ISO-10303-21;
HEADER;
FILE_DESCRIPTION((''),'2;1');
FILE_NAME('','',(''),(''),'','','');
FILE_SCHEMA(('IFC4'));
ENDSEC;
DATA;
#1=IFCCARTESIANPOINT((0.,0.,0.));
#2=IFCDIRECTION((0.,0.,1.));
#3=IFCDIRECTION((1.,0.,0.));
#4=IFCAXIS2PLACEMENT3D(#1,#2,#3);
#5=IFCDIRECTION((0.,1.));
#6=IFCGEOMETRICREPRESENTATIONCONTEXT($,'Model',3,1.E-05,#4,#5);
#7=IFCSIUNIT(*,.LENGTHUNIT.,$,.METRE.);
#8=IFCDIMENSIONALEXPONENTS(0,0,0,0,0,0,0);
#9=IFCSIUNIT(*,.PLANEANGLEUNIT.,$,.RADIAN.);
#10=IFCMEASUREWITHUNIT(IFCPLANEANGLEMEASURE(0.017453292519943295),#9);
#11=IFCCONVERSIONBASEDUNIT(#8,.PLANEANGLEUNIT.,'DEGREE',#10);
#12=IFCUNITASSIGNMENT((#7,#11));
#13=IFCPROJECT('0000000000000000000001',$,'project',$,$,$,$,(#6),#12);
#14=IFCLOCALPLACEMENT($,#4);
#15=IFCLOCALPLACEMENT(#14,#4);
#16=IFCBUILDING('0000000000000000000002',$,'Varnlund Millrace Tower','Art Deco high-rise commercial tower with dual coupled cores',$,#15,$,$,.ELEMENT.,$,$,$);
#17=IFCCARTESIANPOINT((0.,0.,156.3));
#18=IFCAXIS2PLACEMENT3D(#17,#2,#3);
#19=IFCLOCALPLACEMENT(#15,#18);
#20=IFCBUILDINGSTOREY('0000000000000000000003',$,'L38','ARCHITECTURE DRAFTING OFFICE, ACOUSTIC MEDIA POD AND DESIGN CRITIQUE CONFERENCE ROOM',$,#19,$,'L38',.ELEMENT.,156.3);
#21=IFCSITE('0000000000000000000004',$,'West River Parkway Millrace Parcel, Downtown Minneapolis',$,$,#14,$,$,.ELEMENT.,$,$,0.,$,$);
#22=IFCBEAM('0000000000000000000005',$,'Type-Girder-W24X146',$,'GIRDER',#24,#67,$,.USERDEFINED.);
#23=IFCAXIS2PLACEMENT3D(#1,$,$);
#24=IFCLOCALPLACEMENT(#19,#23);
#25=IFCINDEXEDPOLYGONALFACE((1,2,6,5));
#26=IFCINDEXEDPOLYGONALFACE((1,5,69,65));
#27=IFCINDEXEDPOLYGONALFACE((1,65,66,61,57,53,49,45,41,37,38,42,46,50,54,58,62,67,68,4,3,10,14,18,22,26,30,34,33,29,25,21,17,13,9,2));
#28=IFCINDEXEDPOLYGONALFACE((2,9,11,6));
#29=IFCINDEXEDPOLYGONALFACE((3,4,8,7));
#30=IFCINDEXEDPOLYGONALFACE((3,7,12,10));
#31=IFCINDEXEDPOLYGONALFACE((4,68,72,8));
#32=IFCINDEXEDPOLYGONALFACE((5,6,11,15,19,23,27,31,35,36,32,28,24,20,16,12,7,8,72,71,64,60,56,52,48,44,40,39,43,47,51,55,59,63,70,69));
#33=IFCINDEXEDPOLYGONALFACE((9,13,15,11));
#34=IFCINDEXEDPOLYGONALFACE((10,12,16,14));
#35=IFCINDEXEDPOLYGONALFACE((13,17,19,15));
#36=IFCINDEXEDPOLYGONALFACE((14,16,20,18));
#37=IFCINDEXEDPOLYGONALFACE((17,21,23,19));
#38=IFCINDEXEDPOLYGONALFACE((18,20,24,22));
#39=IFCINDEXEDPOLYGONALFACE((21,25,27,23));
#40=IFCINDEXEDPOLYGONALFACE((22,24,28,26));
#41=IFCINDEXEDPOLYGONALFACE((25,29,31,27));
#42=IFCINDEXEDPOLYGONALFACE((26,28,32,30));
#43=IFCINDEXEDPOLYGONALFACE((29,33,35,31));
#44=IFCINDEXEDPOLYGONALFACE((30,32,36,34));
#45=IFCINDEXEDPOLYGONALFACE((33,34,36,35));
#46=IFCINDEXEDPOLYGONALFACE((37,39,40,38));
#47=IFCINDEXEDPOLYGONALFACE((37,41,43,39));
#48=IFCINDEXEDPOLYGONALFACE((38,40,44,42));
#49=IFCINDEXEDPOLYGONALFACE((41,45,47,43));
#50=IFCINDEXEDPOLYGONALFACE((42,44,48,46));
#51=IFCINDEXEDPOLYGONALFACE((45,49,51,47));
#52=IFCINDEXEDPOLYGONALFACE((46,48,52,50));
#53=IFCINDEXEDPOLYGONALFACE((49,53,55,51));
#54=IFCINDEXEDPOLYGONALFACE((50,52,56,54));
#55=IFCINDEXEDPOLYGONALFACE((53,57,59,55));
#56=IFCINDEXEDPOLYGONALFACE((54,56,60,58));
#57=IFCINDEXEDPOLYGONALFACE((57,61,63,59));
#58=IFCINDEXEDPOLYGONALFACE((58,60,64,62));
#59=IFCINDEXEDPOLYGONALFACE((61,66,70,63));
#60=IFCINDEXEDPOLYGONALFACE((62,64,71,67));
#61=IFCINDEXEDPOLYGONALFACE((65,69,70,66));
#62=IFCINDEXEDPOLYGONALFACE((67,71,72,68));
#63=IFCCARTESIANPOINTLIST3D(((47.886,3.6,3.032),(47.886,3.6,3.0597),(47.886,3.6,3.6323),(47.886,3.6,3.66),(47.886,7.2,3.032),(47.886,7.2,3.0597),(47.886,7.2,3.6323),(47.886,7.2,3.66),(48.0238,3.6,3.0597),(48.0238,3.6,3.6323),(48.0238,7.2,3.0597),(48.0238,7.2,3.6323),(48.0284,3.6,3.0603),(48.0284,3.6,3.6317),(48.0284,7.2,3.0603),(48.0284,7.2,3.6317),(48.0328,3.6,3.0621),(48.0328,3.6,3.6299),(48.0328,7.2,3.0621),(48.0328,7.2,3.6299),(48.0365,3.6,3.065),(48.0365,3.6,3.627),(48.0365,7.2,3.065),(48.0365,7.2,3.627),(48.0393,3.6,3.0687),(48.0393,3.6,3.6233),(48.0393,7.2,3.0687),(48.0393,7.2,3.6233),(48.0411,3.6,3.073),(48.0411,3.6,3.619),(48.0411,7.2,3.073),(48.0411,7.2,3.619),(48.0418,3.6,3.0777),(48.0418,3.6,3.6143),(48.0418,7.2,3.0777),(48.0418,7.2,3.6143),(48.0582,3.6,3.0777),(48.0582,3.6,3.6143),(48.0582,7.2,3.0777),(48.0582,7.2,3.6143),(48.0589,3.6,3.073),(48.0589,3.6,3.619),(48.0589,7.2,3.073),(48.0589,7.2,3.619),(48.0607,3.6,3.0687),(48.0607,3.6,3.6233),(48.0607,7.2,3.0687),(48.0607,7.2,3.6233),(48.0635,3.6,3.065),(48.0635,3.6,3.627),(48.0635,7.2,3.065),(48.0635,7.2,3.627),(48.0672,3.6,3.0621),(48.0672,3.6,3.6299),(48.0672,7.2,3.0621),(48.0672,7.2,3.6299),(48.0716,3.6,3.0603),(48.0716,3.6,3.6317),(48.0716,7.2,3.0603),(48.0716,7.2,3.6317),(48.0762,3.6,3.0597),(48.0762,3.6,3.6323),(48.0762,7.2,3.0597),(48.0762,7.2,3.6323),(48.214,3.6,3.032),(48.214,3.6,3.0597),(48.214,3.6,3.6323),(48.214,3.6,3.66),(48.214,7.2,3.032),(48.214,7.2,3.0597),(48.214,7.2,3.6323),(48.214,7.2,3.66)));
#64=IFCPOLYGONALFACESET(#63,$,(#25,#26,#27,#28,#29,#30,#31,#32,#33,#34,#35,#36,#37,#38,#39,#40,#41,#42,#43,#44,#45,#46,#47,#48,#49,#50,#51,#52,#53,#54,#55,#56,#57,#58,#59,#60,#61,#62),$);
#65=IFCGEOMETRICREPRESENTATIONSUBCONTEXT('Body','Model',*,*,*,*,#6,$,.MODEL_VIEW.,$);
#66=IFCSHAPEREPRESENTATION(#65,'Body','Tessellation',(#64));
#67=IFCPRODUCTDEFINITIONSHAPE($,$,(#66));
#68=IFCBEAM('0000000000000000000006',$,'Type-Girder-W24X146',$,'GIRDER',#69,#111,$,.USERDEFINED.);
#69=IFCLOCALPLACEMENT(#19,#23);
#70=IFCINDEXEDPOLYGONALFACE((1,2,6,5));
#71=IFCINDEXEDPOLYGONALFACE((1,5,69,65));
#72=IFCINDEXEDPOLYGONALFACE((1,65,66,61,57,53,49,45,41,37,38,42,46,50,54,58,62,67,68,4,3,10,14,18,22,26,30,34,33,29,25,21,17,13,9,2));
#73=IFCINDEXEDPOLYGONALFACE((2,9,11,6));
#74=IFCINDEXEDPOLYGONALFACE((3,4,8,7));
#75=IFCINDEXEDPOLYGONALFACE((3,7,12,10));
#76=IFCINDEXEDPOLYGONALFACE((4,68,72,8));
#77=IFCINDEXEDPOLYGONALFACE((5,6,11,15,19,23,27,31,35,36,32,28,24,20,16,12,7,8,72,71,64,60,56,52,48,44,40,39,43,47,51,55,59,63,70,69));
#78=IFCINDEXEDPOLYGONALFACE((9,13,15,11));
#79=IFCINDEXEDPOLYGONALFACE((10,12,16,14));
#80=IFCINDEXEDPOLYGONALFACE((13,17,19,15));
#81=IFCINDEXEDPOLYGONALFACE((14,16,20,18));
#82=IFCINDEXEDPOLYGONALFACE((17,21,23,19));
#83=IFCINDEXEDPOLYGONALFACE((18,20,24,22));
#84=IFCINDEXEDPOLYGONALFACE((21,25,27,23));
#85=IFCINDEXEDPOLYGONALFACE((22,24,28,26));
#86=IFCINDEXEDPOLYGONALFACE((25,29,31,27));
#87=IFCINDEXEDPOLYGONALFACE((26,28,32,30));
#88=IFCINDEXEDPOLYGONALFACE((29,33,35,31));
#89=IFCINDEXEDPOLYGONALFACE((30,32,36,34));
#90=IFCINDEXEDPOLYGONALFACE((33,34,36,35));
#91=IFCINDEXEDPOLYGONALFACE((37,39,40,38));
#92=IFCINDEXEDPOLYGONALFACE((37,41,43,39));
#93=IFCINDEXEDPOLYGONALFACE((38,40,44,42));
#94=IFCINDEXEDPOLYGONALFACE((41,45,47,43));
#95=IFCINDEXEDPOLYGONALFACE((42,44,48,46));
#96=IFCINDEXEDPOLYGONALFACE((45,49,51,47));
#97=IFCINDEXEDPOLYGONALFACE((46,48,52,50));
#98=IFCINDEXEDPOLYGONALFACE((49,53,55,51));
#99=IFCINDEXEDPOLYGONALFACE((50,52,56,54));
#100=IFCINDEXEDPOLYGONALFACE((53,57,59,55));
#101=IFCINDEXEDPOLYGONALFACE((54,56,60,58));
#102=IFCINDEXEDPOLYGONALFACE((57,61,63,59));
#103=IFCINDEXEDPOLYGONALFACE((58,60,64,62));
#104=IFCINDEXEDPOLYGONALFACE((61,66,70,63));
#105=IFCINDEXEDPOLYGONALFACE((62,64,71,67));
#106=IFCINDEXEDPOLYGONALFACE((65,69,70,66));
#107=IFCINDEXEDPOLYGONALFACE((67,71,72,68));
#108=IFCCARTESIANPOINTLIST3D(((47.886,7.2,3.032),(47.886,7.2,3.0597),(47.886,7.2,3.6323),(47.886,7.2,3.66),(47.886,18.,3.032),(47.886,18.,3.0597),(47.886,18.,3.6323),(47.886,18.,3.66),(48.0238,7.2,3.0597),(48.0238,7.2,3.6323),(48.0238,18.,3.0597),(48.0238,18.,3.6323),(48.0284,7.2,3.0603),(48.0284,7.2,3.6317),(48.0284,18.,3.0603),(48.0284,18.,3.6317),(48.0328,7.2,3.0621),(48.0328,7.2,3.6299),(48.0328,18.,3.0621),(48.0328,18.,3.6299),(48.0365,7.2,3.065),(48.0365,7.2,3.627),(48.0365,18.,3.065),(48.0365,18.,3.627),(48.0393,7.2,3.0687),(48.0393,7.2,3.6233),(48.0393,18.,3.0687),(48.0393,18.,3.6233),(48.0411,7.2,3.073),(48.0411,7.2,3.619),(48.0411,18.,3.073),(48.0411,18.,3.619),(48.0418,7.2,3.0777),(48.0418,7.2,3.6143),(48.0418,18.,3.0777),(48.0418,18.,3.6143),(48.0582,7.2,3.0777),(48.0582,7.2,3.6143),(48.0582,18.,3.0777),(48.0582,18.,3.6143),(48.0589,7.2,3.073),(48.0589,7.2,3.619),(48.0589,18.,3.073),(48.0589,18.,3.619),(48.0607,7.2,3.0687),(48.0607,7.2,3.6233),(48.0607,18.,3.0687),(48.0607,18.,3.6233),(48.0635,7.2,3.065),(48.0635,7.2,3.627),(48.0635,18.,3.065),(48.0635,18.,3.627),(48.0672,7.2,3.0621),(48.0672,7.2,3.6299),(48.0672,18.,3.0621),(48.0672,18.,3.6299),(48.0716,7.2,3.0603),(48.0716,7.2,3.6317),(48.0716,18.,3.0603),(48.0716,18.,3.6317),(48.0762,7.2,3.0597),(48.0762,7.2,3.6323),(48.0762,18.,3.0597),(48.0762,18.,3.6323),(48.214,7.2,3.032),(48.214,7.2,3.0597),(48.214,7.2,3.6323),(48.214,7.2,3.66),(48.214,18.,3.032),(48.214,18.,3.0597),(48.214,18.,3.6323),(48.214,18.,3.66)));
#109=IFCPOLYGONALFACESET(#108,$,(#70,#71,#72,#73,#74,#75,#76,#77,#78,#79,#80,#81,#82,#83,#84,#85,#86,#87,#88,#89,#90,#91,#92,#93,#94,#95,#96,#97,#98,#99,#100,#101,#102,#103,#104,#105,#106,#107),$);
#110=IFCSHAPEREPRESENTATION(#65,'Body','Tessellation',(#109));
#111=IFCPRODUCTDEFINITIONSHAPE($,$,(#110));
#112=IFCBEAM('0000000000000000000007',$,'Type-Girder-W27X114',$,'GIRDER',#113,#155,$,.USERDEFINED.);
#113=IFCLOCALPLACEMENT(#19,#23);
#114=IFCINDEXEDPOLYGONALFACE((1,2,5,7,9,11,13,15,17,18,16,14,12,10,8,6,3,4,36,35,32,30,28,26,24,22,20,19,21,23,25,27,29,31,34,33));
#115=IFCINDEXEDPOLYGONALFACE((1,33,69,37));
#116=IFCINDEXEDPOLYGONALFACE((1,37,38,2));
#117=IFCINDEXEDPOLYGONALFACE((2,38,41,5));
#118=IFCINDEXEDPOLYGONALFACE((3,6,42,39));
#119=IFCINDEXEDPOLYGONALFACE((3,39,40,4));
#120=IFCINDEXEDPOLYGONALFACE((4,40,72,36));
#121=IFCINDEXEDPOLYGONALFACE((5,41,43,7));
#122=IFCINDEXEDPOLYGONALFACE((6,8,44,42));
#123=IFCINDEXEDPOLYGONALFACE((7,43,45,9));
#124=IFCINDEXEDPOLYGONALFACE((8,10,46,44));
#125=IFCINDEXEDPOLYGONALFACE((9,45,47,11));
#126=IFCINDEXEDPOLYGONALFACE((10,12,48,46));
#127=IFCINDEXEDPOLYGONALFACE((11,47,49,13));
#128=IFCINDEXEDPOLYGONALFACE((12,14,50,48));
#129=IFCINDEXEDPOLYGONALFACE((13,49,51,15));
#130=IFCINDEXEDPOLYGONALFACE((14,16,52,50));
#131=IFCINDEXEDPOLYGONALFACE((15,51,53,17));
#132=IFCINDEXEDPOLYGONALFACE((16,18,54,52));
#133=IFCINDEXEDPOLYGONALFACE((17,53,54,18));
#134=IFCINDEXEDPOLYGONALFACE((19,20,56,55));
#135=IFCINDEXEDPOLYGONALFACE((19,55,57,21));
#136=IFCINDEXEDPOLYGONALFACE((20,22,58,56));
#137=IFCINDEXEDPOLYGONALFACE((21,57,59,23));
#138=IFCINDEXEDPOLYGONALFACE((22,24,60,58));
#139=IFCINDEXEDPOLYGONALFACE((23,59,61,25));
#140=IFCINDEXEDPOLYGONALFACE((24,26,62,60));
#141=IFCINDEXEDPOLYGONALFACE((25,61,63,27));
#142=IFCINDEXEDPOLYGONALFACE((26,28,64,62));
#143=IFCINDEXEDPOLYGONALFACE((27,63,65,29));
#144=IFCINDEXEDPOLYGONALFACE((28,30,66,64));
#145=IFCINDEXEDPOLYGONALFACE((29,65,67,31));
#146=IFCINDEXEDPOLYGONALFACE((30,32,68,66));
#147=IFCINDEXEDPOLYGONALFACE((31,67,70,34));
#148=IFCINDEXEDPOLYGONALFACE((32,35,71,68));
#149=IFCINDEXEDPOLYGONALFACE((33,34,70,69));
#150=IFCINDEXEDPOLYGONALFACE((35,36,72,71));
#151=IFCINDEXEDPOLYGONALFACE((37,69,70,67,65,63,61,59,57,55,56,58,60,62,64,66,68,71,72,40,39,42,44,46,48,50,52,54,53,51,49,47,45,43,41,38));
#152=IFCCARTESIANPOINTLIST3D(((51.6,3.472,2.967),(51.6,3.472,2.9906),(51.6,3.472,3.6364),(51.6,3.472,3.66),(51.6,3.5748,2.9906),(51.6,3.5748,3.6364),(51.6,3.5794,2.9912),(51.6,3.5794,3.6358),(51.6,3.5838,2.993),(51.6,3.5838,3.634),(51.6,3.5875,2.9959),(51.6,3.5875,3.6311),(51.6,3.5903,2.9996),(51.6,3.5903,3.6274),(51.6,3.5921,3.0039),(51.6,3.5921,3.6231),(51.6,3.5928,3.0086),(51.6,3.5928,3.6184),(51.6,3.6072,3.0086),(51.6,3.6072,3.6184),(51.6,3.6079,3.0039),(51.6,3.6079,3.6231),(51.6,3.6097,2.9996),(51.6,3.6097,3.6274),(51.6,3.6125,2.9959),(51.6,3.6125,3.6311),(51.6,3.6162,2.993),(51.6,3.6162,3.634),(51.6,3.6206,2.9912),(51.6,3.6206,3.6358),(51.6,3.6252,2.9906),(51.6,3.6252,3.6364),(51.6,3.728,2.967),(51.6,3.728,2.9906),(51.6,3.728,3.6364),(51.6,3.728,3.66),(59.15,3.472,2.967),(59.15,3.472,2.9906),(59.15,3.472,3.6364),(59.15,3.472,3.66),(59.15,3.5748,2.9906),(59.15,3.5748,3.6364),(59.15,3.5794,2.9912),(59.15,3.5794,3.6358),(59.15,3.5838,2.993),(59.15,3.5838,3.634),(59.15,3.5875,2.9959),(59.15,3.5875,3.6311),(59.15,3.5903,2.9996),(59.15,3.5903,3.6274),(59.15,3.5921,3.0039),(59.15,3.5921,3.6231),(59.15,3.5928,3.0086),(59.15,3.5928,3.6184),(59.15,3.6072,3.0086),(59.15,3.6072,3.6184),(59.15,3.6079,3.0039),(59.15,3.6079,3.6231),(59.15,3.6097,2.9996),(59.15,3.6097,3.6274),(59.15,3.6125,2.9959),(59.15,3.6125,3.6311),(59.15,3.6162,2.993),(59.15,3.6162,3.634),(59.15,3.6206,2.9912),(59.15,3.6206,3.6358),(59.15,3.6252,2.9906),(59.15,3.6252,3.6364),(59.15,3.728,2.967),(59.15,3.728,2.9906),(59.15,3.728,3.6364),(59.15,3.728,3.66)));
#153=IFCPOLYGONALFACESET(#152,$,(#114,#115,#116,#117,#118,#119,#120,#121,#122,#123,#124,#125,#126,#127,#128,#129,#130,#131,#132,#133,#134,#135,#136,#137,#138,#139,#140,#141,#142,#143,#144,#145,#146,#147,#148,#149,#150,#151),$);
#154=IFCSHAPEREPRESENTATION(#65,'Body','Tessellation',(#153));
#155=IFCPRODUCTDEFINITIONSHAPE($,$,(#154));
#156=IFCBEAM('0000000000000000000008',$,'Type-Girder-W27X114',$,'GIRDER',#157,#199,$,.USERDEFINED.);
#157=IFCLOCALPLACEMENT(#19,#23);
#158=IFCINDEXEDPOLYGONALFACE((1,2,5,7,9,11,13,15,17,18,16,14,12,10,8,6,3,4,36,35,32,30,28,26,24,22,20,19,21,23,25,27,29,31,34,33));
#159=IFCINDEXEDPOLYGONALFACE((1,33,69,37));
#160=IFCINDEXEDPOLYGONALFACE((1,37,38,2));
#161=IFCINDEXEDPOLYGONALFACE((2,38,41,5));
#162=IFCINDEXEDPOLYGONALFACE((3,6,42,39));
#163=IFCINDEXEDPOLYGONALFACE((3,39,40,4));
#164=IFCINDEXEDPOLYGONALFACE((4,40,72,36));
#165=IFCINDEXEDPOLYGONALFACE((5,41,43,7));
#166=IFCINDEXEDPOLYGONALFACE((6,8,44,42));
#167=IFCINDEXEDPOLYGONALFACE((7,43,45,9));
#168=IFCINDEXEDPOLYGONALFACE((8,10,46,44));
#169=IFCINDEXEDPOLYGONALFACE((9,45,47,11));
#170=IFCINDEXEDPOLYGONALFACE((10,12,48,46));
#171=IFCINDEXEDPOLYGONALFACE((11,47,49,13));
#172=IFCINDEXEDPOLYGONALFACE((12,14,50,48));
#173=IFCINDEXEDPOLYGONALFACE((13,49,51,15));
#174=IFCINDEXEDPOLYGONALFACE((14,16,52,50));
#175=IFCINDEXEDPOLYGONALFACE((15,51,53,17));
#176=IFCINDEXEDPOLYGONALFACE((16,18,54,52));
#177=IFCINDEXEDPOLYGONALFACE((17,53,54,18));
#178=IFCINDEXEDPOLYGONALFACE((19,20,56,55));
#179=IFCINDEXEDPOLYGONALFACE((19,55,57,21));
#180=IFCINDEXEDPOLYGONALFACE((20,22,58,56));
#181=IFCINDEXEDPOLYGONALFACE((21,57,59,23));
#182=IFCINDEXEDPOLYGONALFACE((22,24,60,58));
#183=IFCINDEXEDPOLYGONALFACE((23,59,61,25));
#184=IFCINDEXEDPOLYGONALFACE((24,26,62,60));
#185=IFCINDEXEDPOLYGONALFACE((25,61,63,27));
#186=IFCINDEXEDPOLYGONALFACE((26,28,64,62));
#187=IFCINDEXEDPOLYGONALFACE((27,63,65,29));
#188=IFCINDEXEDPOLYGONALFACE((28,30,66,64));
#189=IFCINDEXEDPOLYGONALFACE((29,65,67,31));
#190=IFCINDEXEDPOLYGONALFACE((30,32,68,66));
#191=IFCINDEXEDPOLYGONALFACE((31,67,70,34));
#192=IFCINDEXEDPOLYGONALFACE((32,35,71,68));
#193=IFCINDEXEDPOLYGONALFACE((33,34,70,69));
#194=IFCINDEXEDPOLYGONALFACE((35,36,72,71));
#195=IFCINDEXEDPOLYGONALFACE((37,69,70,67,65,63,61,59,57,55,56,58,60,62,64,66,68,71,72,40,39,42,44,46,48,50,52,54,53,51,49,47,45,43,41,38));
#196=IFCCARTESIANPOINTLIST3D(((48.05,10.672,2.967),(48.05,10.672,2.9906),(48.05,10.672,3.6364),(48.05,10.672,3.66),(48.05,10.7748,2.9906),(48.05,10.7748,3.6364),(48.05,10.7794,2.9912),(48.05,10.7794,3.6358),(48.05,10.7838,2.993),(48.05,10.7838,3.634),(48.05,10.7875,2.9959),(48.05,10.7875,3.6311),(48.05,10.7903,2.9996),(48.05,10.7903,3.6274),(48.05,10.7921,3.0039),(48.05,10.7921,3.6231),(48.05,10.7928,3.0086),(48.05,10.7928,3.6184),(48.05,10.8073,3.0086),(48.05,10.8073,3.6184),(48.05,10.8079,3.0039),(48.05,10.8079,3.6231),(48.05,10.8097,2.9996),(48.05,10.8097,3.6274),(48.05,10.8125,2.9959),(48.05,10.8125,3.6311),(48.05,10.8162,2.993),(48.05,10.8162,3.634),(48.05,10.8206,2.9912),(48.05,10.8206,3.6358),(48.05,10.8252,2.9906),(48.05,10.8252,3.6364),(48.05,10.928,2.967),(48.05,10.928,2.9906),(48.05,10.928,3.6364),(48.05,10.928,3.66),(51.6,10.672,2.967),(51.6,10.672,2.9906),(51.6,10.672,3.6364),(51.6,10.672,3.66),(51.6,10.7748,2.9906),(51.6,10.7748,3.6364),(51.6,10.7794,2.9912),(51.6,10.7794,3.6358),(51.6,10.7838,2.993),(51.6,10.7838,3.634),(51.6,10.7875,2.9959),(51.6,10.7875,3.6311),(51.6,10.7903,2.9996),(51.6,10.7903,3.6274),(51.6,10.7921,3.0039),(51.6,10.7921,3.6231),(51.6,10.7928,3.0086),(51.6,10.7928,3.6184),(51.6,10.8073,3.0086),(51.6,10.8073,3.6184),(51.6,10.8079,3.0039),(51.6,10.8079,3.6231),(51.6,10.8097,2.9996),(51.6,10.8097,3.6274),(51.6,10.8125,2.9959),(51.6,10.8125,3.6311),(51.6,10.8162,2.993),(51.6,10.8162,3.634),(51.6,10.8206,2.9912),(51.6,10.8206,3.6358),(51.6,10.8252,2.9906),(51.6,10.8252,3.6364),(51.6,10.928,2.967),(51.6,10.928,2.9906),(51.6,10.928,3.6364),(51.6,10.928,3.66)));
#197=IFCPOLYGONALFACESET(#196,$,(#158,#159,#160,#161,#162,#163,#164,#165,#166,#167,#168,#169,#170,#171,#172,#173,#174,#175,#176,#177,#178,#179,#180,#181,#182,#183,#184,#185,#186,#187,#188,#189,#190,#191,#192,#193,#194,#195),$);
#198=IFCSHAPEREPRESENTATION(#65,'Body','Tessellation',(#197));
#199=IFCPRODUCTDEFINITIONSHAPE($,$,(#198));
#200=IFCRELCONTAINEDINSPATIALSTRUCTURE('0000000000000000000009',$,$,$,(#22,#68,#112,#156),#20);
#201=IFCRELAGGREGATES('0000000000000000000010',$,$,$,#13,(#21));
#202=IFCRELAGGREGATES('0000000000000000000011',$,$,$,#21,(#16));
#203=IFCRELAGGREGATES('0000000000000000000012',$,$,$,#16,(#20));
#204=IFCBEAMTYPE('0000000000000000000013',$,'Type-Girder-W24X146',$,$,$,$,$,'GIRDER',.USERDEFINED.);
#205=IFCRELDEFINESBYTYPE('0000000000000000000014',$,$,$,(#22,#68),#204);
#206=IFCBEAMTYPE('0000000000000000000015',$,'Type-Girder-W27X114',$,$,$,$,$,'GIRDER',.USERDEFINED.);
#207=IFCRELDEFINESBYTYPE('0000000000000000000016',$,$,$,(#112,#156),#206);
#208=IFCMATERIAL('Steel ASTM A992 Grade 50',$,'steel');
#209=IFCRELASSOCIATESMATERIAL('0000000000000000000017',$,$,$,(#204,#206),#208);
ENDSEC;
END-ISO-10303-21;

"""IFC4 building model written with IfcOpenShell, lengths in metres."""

from ifc_helpers import new_model, entity, si_unit, converted_unit, direction, frame, origin_with_axes, origin_2d_with_axis, place, context, subcontext, project, spatial, i_section, extrude, material, material_profile, profile_set, type_object, element, save


model = new_model("IFC4")

# Units and contexts
model_context = context("Model", 3, precision=1e-05, world=origin_with_axes(), true_north=direction((0.0, 1.0)))
body_context = subcontext(model_context, "Body", "Model", "MODEL_VIEW")
ifc_project = project(units=[si_unit("LENGTHUNIT", "METRE"), converted_unit("PLANEANGLEUNIT", "DEGREE", entity("IfcPlaneAngleMeasure", 0.017453292519943295), si_unit("PLANEANGLEUNIT", "RADIAN"), dimensions=[0, 0, 0, 0, 0, 0, 0])], contexts=[model_context])

# Site, building, storey
site_placement = place(None, origin_with_axes())
site = spatial("IfcSite", under=ifc_project, at=site_placement, Name="West River Parkway Millrace Parcel, Downtown Minneapolis", CompositionType="ELEMENT", RefElevation=0.0)
building_placement = place(site_placement, origin_with_axes())
building = spatial("IfcBuilding", under=site, at=building_placement, Name="Varnlund Millrace Tower", Description="Art Deco high-rise commercial tower with dual coupled cores", CompositionType="ELEMENT")
storey_placement = place(building_placement, frame((0.0, 0.0, 156.3), z_axis=(0.0, 0.0, 1.0), x_axis=(1.0, 0.0, 0.0)))
storey = spatial("IfcBuildingStorey", under=building, at=storey_placement, Name="L38", Description="ARCHITECTURE DRAFTING OFFICE, ACOUSTIC MEDIA POD AND DESIGN CRITIQUE CONFERENCE ROOM", LongName="L38", CompositionType="ELEMENT", Elevation=156.3)

# Beams
ifc_material_1 = material(Name="Steel ASTM A992 Grade 50", Category="steel")
ifc_material_profile_1 = material_profile(ifc_material_1, i_section(OverallWidth=0.328, OverallDepth=0.628, WebThickness=0.0165, FlangeThickness=0.0277, FilletRadius=0.018, at=origin_2d_with_axis()), Name="Steel ASTM A992 Grade 50")
ifc_profile_set_1 = profile_set([ifc_material_profile_1], Name="Steel ASTM A992 Grade 50")
beam_type_1 = type_object("IfcBeamType", Name="Type-Girder-W24X146", ElementType="GIRDER", PredefinedType="USERDEFINED", material=ifc_profile_set_1)
beam_1_placement = place(storey_placement, frame((48.05, 3.6, 3.346), z_axis=(0.0, 1.0, 0.0), x_axis=(-1.0, 0.0, 0.0)))
element("IfcBeam", 1, at=beam_1_placement, inside=storey, type_object=beam_type_1, Name="Type-Girder-W24X146", ObjectType="GIRDER", PredefinedType="USERDEFINED", context=body_context, shape_type="SweptSolid", body=[
    extrude(i_section(OverallWidth=0.328, OverallDepth=0.628, WebThickness=0.0165, FlangeThickness=0.0277, FilletRadius=0.018, at=origin_2d_with_axis()), origin_with_axes(), (0.0, 0.0, 1.0), 3.6),
])
beam_2_placement = place(storey_placement, frame((48.05, 7.2, 3.346), z_axis=(0.0, 1.0, 0.0), x_axis=(-1.0, 0.0, 0.0)))
element("IfcBeam", 2, at=beam_2_placement, inside=storey, type_object=beam_type_1, Name="Type-Girder-W24X146", ObjectType="GIRDER", PredefinedType="USERDEFINED", context=body_context, shape_type="SweptSolid", body=[
    extrude(i_section(OverallWidth=0.328, OverallDepth=0.628, WebThickness=0.0165, FlangeThickness=0.0277, FilletRadius=0.018, at=origin_2d_with_axis()), origin_with_axes(), (0.0, 0.0, 1.0), 10.8),
])
ifc_material_profile_2 = material_profile(ifc_material_1, i_section(OverallWidth=0.256, OverallDepth=0.693, WebThickness=0.0145, FlangeThickness=0.0236, FilletRadius=0.018, at=origin_2d_with_axis()), Name="Steel ASTM A992 Grade 50")
ifc_profile_set_2 = profile_set([ifc_material_profile_2], Name="Steel ASTM A992 Grade 50")
beam_type_2 = type_object("IfcBeamType", Name="Type-Girder-W27X114", ElementType="GIRDER", PredefinedType="USERDEFINED", material=ifc_profile_set_2)
beam_3_placement = place(storey_placement, frame((51.6, 3.6, 3.3135), z_axis=(1.0, 0.0, 0.0), x_axis=(0.0, 1.0, 0.0)))
element("IfcBeam", 3, at=beam_3_placement, inside=storey, type_object=beam_type_2, Name="Type-Girder-W27X114", ObjectType="GIRDER", PredefinedType="USERDEFINED", context=body_context, shape_type="SweptSolid", body=[
    extrude(i_section(OverallWidth=0.256, OverallDepth=0.693, WebThickness=0.0145, FlangeThickness=0.0236, FilletRadius=0.018, at=origin_2d_with_axis()), origin_with_axes(), (0.0, 0.0, 1.0), 7.55),
])
beam_4_placement = place(storey_placement, frame((48.05, 10.8, 3.3135), z_axis=(1.0, 0.0, 0.0), x_axis=(0.0, 1.0, 0.0)))
element("IfcBeam", 4, at=beam_4_placement, inside=storey, type_object=beam_type_2, Name="Type-Girder-W27X114", ObjectType="GIRDER", PredefinedType="USERDEFINED", context=body_context, shape_type="SweptSolid", body=[
    extrude(i_section(OverallWidth=0.256, OverallDepth=0.693, WebThickness=0.0145, FlangeThickness=0.0236, FilletRadius=0.018, at=origin_2d_with_axis()), origin_with_axes(), (0.0, 0.0, 1.0), 3.55),
])

save(model, "model.ifc")
